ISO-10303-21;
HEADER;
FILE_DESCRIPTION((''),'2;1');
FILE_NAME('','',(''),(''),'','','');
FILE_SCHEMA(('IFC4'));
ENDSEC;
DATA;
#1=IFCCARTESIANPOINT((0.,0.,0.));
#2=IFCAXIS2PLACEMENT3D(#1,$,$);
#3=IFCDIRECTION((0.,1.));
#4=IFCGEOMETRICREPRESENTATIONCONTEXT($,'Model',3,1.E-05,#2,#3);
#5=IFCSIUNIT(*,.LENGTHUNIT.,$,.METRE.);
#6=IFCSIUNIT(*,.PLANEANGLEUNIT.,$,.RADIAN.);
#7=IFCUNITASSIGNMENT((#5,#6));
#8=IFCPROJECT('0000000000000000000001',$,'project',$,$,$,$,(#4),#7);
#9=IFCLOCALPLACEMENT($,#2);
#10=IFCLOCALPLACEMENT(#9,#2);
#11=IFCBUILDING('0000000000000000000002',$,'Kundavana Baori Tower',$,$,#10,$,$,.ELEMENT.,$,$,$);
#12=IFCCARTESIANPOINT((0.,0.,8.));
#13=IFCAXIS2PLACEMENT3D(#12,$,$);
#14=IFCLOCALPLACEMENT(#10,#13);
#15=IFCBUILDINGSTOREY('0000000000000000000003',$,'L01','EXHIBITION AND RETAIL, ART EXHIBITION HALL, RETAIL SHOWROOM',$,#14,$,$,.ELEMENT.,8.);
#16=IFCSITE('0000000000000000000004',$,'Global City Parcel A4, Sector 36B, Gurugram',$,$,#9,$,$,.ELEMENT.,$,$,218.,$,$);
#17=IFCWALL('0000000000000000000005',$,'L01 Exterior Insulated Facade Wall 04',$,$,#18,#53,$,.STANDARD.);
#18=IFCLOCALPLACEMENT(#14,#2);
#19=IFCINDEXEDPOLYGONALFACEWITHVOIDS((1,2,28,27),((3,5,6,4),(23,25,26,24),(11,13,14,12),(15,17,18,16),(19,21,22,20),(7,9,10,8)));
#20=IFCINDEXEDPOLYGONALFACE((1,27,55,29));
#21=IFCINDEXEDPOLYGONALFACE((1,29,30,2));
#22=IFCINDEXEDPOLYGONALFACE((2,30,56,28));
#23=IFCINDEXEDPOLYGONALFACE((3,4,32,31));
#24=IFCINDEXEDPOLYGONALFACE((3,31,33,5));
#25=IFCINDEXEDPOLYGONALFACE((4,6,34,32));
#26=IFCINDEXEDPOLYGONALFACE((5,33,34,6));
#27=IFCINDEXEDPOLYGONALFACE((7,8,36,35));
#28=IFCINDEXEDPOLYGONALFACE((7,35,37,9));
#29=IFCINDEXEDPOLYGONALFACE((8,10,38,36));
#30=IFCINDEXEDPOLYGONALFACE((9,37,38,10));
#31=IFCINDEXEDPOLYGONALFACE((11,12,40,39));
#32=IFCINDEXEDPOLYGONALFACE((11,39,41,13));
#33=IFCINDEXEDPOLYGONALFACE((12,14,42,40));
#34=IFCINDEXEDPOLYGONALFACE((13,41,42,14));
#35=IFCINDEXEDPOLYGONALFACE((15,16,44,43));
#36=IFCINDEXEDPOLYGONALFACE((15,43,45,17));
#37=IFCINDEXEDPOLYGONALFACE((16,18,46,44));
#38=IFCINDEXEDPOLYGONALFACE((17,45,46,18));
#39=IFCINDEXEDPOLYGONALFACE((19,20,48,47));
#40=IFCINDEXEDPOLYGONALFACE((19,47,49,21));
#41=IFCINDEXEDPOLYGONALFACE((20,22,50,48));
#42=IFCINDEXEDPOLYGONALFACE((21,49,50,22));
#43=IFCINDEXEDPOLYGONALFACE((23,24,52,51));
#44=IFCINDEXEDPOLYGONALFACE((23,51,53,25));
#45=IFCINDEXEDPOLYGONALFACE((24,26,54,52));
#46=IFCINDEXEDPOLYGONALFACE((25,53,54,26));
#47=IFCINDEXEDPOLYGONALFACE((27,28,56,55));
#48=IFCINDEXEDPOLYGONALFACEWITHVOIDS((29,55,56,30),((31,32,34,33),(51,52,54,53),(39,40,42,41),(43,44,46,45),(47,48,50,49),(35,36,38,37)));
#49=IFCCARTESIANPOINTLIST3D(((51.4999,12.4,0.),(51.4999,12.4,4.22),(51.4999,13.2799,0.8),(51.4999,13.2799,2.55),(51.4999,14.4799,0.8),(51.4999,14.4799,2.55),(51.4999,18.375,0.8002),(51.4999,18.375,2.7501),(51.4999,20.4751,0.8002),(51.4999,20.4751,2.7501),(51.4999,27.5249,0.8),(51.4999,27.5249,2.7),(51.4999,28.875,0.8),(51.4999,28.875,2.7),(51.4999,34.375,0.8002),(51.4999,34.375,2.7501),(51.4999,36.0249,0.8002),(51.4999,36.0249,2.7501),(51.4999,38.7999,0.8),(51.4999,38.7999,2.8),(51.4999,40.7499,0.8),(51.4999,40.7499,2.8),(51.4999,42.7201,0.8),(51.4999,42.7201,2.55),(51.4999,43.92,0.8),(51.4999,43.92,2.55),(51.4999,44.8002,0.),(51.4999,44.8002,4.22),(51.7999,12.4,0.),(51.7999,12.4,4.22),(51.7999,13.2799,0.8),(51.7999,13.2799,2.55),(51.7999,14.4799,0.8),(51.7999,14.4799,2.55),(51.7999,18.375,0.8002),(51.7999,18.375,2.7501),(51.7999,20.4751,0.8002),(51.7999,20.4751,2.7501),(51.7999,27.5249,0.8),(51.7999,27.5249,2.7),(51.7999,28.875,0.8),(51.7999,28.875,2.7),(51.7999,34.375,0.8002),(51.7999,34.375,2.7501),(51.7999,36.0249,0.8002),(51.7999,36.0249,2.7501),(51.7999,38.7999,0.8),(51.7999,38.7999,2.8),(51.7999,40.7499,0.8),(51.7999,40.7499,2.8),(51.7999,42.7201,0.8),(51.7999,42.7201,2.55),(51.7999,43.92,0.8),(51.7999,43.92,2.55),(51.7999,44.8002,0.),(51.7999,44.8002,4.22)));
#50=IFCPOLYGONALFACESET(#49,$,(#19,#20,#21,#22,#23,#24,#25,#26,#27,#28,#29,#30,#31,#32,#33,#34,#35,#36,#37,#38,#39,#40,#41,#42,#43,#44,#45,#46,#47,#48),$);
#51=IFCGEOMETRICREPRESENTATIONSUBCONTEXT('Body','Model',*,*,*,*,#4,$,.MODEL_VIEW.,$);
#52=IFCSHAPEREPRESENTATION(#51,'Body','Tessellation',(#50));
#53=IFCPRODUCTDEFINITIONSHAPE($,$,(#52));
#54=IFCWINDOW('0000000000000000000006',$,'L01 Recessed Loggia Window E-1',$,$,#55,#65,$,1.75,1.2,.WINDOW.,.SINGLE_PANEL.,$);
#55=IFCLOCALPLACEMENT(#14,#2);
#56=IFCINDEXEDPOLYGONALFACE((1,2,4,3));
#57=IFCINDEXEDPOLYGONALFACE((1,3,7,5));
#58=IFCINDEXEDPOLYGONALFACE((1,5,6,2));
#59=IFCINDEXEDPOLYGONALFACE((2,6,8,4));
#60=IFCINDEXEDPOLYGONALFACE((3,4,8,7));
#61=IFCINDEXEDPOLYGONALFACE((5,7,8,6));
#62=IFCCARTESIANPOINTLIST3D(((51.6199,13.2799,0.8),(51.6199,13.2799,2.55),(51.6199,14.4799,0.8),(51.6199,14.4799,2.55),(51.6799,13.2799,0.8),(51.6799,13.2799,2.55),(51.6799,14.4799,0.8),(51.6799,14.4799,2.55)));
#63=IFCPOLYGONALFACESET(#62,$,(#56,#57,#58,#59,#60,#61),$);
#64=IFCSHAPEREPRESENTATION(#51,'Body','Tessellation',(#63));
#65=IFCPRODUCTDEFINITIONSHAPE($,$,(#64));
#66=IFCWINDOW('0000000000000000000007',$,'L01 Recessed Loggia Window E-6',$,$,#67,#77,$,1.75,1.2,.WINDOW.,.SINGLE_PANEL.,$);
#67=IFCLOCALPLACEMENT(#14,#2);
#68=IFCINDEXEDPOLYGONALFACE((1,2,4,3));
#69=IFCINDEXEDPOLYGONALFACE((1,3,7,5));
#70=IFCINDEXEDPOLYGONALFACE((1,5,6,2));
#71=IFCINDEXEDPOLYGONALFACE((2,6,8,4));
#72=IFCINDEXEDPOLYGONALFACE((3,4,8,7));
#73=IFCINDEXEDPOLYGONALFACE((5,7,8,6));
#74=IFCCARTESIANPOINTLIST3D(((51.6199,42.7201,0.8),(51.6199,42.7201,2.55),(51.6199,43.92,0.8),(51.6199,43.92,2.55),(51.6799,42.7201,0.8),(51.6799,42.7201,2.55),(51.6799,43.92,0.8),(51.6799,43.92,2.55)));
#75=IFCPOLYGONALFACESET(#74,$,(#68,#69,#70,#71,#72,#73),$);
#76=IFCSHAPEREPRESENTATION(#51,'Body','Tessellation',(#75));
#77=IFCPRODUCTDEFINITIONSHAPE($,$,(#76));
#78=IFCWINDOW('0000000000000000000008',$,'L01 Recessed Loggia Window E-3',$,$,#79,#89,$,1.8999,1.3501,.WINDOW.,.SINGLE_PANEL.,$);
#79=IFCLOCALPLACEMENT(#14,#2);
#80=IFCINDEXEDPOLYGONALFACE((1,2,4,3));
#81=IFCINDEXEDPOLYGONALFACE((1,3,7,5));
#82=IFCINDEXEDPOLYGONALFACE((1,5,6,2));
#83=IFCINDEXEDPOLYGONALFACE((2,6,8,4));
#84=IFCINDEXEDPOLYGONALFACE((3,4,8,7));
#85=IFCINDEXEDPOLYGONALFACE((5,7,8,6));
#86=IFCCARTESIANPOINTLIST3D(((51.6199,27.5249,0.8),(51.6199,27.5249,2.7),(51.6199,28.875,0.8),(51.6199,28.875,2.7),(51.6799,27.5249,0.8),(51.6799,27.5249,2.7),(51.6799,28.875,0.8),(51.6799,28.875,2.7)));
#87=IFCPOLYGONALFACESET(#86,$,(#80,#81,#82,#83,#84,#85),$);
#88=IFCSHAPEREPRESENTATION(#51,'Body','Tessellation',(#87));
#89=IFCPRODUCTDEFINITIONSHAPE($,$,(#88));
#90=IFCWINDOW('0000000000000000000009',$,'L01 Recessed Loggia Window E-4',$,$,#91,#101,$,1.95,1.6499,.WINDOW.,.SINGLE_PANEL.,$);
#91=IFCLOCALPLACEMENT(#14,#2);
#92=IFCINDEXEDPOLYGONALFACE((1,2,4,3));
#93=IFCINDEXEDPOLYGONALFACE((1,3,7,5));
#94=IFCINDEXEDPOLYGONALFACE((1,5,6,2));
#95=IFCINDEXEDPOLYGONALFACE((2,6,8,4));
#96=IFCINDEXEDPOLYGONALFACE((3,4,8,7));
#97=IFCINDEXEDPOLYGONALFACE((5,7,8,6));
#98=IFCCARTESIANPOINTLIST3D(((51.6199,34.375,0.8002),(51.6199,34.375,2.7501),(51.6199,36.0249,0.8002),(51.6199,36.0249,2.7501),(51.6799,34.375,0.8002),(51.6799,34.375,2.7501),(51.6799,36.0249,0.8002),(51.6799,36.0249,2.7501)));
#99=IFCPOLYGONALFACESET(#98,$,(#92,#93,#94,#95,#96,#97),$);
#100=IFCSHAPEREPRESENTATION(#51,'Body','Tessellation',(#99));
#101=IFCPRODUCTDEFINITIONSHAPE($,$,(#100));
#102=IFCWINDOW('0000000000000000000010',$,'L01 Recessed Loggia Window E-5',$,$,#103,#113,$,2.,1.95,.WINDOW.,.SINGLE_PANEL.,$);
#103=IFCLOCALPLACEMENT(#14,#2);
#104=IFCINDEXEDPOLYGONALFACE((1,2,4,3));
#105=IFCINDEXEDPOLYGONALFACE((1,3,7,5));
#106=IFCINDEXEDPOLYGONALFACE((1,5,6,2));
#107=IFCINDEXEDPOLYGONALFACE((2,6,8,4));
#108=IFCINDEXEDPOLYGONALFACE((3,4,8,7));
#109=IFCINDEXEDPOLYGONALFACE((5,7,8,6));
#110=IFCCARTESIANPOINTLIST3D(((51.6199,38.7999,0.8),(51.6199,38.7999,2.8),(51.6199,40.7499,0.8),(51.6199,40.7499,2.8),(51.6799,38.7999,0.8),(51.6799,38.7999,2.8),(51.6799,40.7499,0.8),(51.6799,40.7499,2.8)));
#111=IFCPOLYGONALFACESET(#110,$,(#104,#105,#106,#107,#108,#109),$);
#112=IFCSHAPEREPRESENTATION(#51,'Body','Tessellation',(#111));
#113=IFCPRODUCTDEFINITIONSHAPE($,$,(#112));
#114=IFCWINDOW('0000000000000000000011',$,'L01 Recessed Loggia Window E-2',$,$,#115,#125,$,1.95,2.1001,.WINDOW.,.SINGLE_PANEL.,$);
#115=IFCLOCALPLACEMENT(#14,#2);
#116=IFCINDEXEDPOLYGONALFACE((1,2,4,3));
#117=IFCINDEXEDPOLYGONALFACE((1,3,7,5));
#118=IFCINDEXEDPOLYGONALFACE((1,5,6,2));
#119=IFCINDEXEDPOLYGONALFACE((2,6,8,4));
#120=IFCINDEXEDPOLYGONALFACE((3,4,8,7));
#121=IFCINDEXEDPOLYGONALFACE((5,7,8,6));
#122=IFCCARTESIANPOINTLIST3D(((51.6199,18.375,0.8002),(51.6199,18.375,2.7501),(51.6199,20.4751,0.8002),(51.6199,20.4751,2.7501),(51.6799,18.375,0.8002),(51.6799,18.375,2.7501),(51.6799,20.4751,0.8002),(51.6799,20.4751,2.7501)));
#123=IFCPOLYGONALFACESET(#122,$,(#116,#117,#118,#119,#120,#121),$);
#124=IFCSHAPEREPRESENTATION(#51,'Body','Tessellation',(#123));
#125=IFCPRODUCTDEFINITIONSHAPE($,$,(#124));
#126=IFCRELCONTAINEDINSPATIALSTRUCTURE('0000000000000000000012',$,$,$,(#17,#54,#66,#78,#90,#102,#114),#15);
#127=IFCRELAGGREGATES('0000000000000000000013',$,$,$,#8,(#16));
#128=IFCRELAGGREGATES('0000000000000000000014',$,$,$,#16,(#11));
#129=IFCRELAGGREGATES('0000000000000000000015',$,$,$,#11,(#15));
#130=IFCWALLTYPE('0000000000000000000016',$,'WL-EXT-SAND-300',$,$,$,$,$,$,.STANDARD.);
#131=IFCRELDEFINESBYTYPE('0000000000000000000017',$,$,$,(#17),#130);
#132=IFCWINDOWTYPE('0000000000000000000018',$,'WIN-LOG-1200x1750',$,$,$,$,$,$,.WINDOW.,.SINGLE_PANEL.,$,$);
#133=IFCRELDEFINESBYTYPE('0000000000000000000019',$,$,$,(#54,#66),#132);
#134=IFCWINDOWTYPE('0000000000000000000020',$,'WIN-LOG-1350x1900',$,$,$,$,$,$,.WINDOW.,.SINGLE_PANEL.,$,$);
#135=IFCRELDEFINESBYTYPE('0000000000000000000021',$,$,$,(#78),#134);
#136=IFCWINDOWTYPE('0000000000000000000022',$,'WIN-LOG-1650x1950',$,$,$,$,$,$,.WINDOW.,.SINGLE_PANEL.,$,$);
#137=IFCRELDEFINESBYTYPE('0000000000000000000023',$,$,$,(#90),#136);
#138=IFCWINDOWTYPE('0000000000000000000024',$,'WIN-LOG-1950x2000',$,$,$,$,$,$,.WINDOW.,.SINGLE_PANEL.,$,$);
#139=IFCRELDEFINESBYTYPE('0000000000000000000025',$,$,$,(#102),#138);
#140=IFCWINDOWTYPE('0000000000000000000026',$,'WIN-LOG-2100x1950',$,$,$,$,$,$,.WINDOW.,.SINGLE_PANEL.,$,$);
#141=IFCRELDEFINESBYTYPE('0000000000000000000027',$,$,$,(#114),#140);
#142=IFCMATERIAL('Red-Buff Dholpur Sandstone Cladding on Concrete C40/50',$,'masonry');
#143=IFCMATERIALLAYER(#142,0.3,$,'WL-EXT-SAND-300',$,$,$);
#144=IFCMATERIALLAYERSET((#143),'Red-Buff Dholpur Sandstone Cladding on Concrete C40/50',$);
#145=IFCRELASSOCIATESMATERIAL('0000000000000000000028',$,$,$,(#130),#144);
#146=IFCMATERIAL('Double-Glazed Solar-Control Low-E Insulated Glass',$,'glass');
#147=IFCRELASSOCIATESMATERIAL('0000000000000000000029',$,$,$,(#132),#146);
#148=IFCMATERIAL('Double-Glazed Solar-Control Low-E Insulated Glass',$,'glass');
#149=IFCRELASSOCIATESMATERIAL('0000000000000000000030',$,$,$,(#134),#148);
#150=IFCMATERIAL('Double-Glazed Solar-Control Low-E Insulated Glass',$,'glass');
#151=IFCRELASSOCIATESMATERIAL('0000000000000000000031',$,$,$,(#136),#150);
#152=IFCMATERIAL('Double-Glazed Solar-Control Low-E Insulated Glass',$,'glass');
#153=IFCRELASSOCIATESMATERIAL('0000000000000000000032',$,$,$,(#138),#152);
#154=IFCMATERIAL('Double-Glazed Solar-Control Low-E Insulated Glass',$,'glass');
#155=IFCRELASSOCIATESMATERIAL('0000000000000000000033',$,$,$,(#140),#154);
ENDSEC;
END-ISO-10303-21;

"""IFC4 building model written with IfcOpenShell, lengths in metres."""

from ifc_helpers import new_model, si_unit, direction, frame, frame_2d, origin, place, context, subcontext, project, spatial, rectangle, extrude, material, layer, layer_set, type_object, element, fill, save


model = new_model("IFC4")

# Units and contexts
model_context = context("Model", 3, precision=1e-05, world=origin(), true_north=direction((0.0, 1.0)))
body_context = subcontext(model_context, "Body", "Model", "MODEL_VIEW")
ifc_project = project(units=[si_unit("LENGTHUNIT", "METRE"), si_unit("PLANEANGLEUNIT", "RADIAN")], contexts=[model_context])

# Site, building, storey
site_placement = place(None, origin())
site = spatial("IfcSite", under=ifc_project, at=site_placement, Name="Global City Parcel A4, Sector 36B, Gurugram", CompositionType="ELEMENT", RefElevation=218.0)
building_placement = place(site_placement, origin())
building = spatial("IfcBuilding", under=site, at=building_placement, Name="Kundavana Baori Tower", CompositionType="ELEMENT")
storey_placement = place(building_placement, frame((0.0, 0.0, 8.0)))
storey = spatial("IfcBuildingStorey", under=building, at=storey_placement, Name="L01", Description="EXHIBITION AND RETAIL, ART EXHIBITION HALL, RETAIL SHOWROOM", CompositionType="ELEMENT", Elevation=8.0)

# Shared definitions
ifc_material_1 = material(Name="Red-Buff Dholpur Sandstone Cladding on Concrete C40/50", Category="masonry")
ifc_layer_1 = layer(ifc_material_1, 0.3, Name="WL-EXT-SAND-300")
ifc_layer_set_1 = layer_set([ifc_layer_1], Name="Red-Buff Dholpur Sandstone Cladding on Concrete C40/50")
wall_type_1 = type_object("IfcWallType", Name="WL-EXT-SAND-300", PredefinedType="STANDARD", material=ifc_layer_set_1)

# Wall, openings, windows
wall_1_placement = place(storey_placement, frame((51.6499, 12.3999, 0.0), z_axis=(0.0, 0.0, 1.0), x_axis=(0.0, 1.0, 0.0)))
wall_1 = element("IfcWall", 1, at=wall_1_placement, inside=storey, type_object=wall_type_1, Name="L01 Exterior Insulated Facade Wall 04", PredefinedType="STANDARD", context=body_context, shape_type="SweptSolid", body=[
    extrude(rectangle(XDim=32.4001, YDim=0.3, at=frame_2d((16.2002, 0.0))), origin(), (0.0, 0.0, 1.0), 4.22),
])
opening_1_placement = place(wall_1_placement, frame((0.8799, 0.0, 0.8)))
opening_1 = element("IfcOpeningElement", 2, at=opening_1_placement, cuts=wall_1, PredefinedType="OPENING", context=body_context, shape_type="SweptSolid", body=[
    extrude(rectangle(XDim=1.2, YDim=1.75, at=frame_2d((0.6001, 0.875))), frame((0.0, 0.1602, 0.0), z_axis=(0.0, -1.0, 0.0), x_axis=(1.0, 0.0, 0.0)), (0.0, 0.0, 1.0), 0.3201),
])
opening_2_placement = place(wall_1_placement, frame((5.9751, 0.0, 0.8)))
opening_2 = element("IfcOpeningElement", 3, at=opening_2_placement, cuts=wall_1, PredefinedType="OPENING", context=body_context, shape_type="SweptSolid", body=[
    extrude(rectangle(XDim=2.1001, YDim=1.95, at=frame_2d((1.05, 0.9751))), frame((0.0, 0.1602, 0.0), z_axis=(0.0, -1.0, 0.0), x_axis=(1.0, 0.0, 0.0)), (0.0, 0.0, 1.0), 0.3201),
])
opening_3_placement = place(wall_1_placement, frame((15.125, 0.0, 0.8)))
opening_3 = element("IfcOpeningElement", 4, at=opening_3_placement, cuts=wall_1, PredefinedType="OPENING", context=body_context, shape_type="SweptSolid", body=[
    extrude(rectangle(XDim=1.3501, YDim=1.8999, at=frame_2d((0.675, 0.95))), frame((0.0, 0.1602, 0.0), z_axis=(0.0, -1.0, 0.0), x_axis=(1.0, 0.0, 0.0)), (0.0, 0.0, 1.0), 0.3201),
])
opening_4_placement = place(wall_1_placement, frame((21.9751, 0.0, 0.8)))
opening_4 = element("IfcOpeningElement", 5, at=opening_4_placement, cuts=wall_1, PredefinedType="OPENING", context=body_context, shape_type="SweptSolid", body=[
    extrude(rectangle(XDim=1.6499, YDim=1.95, at=frame_2d((0.825, 0.9751))), frame((0.0, 0.1602, 0.0), z_axis=(0.0, -1.0, 0.0), x_axis=(1.0, 0.0, 0.0)), (0.0, 0.0, 1.0), 0.3201),
])
opening_5_placement = place(wall_1_placement, frame((26.3999, 0.0, 0.8)))
opening_5 = element("IfcOpeningElement", 6, at=opening_5_placement, cuts=wall_1, PredefinedType="OPENING", context=body_context, shape_type="SweptSolid", body=[
    extrude(rectangle(XDim=1.95, YDim=2.0, at=frame_2d((0.9751, 1.0))), frame((0.0, 0.1602, 0.0), z_axis=(0.0, -1.0, 0.0), x_axis=(1.0, 0.0, 0.0)), (0.0, 0.0, 1.0), 0.3201),
])
opening_6_placement = place(wall_1_placement, frame((30.3201, 0.0, 0.8)))
opening_6 = element("IfcOpeningElement", 7, at=opening_6_placement, cuts=wall_1, PredefinedType="OPENING", context=body_context, shape_type="SweptSolid", body=[
    extrude(rectangle(XDim=1.2, YDim=1.75, at=frame_2d((0.6001, 0.875))), frame((0.0, 0.1602, 0.0), z_axis=(0.0, -1.0, 0.0), x_axis=(1.0, 0.0, 0.0)), (0.0, 0.0, 1.0), 0.3201),
])
ifc_material_2 = material(Name="Double-Glazed Solar-Control Low-E Insulated Glass", Category="glass")
window_type_1 = type_object("IfcWindowType", Name="WIN-LOG-1200x1750", PartitioningType="SINGLE_PANEL", PredefinedType="WINDOW", material=ifc_material_2)
window_1_placement = place(opening_1_placement, origin())
window_1 = element("IfcWindow", 8, at=window_1_placement, inside=storey, type_object=window_type_1, Name="L01 Recessed Loggia Window E-1", OverallHeight=1.75, OverallWidth=1.2, PartitioningType="SINGLE_PANEL", PredefinedType="WINDOW", context=body_context, shape_type="SweptSolid", body=[
    extrude(rectangle(XDim=1.2, YDim=1.75, at=frame_2d((0.6001, 0.875))), frame((0.0, 0.03, 0.0), z_axis=(0.0, -1.0, 0.0), x_axis=(1.0, 0.0, 0.0)), (0.0, 0.0, 1.0), 0.0601),
])
fill(opening_1, window_1)
window_2_placement = place(opening_6_placement, origin())
window_2 = element("IfcWindow", 9, at=window_2_placement, inside=storey, type_object=window_type_1, Name="L01 Recessed Loggia Window E-6", OverallHeight=1.75, OverallWidth=1.2, PartitioningType="SINGLE_PANEL", PredefinedType="WINDOW", context=body_context, shape_type="SweptSolid", body=[
    extrude(rectangle(XDim=1.2, YDim=1.75, at=frame_2d((0.6001, 0.875))), frame((0.0, 0.03, 0.0), z_axis=(0.0, -1.0, 0.0), x_axis=(1.0, 0.0, 0.0)), (0.0, 0.0, 1.0), 0.0601),
])
fill(opening_6, window_2)
ifc_material_3 = material(Name="Double-Glazed Solar-Control Low-E Insulated Glass", Category="glass")
window_type_2 = type_object("IfcWindowType", Name="WIN-LOG-1350x1900", PartitioningType="SINGLE_PANEL", PredefinedType="WINDOW", material=ifc_material_3)
window_3_placement = place(opening_3_placement, origin())
window_3 = element("IfcWindow", 10, at=window_3_placement, inside=storey, type_object=window_type_2, Name="L01 Recessed Loggia Window E-3", OverallHeight=1.8999, OverallWidth=1.3501, PartitioningType="SINGLE_PANEL", PredefinedType="WINDOW", context=body_context, shape_type="SweptSolid", body=[
    extrude(rectangle(XDim=1.3501, YDim=1.8999, at=frame_2d((0.675, 0.95))), frame((0.0, 0.03, 0.0), z_axis=(0.0, -1.0, 0.0), x_axis=(1.0, 0.0, 0.0)), (0.0, 0.0, 1.0), 0.0601),
])
fill(opening_3, window_3)
ifc_material_4 = material(Name="Double-Glazed Solar-Control Low-E Insulated Glass", Category="glass")
window_type_3 = type_object("IfcWindowType", Name="WIN-LOG-1650x1950", PartitioningType="SINGLE_PANEL", PredefinedType="WINDOW", material=ifc_material_4)
window_4_placement = place(opening_4_placement, origin())
window_4 = element("IfcWindow", 11, at=window_4_placement, inside=storey, type_object=window_type_3, Name="L01 Recessed Loggia Window E-4", OverallHeight=1.95, OverallWidth=1.6499, PartitioningType="SINGLE_PANEL", PredefinedType="WINDOW", context=body_context, shape_type="SweptSolid", body=[
    extrude(rectangle(XDim=1.6499, YDim=1.95, at=frame_2d((0.825, 0.9751))), frame((0.0, 0.03, 0.0), z_axis=(0.0, -1.0, 0.0), x_axis=(1.0, 0.0, 0.0)), (0.0, 0.0, 1.0), 0.0601),
])
fill(opening_4, window_4)
ifc_material_5 = material(Name="Double-Glazed Solar-Control Low-E Insulated Glass", Category="glass")
window_type_4 = type_object("IfcWindowType", Name="WIN-LOG-1950x2000", PartitioningType="SINGLE_PANEL", PredefinedType="WINDOW", material=ifc_material_5)
window_5_placement = place(opening_5_placement, origin())
window_5 = element("IfcWindow", 12, at=window_5_placement, inside=storey, type_object=window_type_4, Name="L01 Recessed Loggia Window E-5", OverallHeight=2.0, OverallWidth=1.95, PartitioningType="SINGLE_PANEL", PredefinedType="WINDOW", context=body_context, shape_type="SweptSolid", body=[
    extrude(rectangle(XDim=1.95, YDim=2.0, at=frame_2d((0.9751, 1.0))), frame((0.0, 0.03, 0.0), z_axis=(0.0, -1.0, 0.0), x_axis=(1.0, 0.0, 0.0)), (0.0, 0.0, 1.0), 0.0601),
])
fill(opening_5, window_5)
ifc_material_6 = material(Name="Double-Glazed Solar-Control Low-E Insulated Glass", Category="glass")
window_type_5 = type_object("IfcWindowType", Name="WIN-LOG-2100x1950", PartitioningType="SINGLE_PANEL", PredefinedType="WINDOW", material=ifc_material_6)
window_6_placement = place(opening_2_placement, origin())
window_6 = element("IfcWindow", 13, at=window_6_placement, inside=storey, type_object=window_type_5, Name="L01 Recessed Loggia Window E-2", OverallHeight=1.95, OverallWidth=2.1001, PartitioningType="SINGLE_PANEL", PredefinedType="WINDOW", context=body_context, shape_type="SweptSolid", body=[
    extrude(rectangle(XDim=2.1001, YDim=1.95, at=frame_2d((1.05, 0.9751))), frame((0.0, 0.03, 0.0), z_axis=(0.0, -1.0, 0.0), x_axis=(1.0, 0.0, 0.0)), (0.0, 0.0, 1.0), 0.0601),
])
fill(opening_2, window_6)

save(model, "model.ifc")
